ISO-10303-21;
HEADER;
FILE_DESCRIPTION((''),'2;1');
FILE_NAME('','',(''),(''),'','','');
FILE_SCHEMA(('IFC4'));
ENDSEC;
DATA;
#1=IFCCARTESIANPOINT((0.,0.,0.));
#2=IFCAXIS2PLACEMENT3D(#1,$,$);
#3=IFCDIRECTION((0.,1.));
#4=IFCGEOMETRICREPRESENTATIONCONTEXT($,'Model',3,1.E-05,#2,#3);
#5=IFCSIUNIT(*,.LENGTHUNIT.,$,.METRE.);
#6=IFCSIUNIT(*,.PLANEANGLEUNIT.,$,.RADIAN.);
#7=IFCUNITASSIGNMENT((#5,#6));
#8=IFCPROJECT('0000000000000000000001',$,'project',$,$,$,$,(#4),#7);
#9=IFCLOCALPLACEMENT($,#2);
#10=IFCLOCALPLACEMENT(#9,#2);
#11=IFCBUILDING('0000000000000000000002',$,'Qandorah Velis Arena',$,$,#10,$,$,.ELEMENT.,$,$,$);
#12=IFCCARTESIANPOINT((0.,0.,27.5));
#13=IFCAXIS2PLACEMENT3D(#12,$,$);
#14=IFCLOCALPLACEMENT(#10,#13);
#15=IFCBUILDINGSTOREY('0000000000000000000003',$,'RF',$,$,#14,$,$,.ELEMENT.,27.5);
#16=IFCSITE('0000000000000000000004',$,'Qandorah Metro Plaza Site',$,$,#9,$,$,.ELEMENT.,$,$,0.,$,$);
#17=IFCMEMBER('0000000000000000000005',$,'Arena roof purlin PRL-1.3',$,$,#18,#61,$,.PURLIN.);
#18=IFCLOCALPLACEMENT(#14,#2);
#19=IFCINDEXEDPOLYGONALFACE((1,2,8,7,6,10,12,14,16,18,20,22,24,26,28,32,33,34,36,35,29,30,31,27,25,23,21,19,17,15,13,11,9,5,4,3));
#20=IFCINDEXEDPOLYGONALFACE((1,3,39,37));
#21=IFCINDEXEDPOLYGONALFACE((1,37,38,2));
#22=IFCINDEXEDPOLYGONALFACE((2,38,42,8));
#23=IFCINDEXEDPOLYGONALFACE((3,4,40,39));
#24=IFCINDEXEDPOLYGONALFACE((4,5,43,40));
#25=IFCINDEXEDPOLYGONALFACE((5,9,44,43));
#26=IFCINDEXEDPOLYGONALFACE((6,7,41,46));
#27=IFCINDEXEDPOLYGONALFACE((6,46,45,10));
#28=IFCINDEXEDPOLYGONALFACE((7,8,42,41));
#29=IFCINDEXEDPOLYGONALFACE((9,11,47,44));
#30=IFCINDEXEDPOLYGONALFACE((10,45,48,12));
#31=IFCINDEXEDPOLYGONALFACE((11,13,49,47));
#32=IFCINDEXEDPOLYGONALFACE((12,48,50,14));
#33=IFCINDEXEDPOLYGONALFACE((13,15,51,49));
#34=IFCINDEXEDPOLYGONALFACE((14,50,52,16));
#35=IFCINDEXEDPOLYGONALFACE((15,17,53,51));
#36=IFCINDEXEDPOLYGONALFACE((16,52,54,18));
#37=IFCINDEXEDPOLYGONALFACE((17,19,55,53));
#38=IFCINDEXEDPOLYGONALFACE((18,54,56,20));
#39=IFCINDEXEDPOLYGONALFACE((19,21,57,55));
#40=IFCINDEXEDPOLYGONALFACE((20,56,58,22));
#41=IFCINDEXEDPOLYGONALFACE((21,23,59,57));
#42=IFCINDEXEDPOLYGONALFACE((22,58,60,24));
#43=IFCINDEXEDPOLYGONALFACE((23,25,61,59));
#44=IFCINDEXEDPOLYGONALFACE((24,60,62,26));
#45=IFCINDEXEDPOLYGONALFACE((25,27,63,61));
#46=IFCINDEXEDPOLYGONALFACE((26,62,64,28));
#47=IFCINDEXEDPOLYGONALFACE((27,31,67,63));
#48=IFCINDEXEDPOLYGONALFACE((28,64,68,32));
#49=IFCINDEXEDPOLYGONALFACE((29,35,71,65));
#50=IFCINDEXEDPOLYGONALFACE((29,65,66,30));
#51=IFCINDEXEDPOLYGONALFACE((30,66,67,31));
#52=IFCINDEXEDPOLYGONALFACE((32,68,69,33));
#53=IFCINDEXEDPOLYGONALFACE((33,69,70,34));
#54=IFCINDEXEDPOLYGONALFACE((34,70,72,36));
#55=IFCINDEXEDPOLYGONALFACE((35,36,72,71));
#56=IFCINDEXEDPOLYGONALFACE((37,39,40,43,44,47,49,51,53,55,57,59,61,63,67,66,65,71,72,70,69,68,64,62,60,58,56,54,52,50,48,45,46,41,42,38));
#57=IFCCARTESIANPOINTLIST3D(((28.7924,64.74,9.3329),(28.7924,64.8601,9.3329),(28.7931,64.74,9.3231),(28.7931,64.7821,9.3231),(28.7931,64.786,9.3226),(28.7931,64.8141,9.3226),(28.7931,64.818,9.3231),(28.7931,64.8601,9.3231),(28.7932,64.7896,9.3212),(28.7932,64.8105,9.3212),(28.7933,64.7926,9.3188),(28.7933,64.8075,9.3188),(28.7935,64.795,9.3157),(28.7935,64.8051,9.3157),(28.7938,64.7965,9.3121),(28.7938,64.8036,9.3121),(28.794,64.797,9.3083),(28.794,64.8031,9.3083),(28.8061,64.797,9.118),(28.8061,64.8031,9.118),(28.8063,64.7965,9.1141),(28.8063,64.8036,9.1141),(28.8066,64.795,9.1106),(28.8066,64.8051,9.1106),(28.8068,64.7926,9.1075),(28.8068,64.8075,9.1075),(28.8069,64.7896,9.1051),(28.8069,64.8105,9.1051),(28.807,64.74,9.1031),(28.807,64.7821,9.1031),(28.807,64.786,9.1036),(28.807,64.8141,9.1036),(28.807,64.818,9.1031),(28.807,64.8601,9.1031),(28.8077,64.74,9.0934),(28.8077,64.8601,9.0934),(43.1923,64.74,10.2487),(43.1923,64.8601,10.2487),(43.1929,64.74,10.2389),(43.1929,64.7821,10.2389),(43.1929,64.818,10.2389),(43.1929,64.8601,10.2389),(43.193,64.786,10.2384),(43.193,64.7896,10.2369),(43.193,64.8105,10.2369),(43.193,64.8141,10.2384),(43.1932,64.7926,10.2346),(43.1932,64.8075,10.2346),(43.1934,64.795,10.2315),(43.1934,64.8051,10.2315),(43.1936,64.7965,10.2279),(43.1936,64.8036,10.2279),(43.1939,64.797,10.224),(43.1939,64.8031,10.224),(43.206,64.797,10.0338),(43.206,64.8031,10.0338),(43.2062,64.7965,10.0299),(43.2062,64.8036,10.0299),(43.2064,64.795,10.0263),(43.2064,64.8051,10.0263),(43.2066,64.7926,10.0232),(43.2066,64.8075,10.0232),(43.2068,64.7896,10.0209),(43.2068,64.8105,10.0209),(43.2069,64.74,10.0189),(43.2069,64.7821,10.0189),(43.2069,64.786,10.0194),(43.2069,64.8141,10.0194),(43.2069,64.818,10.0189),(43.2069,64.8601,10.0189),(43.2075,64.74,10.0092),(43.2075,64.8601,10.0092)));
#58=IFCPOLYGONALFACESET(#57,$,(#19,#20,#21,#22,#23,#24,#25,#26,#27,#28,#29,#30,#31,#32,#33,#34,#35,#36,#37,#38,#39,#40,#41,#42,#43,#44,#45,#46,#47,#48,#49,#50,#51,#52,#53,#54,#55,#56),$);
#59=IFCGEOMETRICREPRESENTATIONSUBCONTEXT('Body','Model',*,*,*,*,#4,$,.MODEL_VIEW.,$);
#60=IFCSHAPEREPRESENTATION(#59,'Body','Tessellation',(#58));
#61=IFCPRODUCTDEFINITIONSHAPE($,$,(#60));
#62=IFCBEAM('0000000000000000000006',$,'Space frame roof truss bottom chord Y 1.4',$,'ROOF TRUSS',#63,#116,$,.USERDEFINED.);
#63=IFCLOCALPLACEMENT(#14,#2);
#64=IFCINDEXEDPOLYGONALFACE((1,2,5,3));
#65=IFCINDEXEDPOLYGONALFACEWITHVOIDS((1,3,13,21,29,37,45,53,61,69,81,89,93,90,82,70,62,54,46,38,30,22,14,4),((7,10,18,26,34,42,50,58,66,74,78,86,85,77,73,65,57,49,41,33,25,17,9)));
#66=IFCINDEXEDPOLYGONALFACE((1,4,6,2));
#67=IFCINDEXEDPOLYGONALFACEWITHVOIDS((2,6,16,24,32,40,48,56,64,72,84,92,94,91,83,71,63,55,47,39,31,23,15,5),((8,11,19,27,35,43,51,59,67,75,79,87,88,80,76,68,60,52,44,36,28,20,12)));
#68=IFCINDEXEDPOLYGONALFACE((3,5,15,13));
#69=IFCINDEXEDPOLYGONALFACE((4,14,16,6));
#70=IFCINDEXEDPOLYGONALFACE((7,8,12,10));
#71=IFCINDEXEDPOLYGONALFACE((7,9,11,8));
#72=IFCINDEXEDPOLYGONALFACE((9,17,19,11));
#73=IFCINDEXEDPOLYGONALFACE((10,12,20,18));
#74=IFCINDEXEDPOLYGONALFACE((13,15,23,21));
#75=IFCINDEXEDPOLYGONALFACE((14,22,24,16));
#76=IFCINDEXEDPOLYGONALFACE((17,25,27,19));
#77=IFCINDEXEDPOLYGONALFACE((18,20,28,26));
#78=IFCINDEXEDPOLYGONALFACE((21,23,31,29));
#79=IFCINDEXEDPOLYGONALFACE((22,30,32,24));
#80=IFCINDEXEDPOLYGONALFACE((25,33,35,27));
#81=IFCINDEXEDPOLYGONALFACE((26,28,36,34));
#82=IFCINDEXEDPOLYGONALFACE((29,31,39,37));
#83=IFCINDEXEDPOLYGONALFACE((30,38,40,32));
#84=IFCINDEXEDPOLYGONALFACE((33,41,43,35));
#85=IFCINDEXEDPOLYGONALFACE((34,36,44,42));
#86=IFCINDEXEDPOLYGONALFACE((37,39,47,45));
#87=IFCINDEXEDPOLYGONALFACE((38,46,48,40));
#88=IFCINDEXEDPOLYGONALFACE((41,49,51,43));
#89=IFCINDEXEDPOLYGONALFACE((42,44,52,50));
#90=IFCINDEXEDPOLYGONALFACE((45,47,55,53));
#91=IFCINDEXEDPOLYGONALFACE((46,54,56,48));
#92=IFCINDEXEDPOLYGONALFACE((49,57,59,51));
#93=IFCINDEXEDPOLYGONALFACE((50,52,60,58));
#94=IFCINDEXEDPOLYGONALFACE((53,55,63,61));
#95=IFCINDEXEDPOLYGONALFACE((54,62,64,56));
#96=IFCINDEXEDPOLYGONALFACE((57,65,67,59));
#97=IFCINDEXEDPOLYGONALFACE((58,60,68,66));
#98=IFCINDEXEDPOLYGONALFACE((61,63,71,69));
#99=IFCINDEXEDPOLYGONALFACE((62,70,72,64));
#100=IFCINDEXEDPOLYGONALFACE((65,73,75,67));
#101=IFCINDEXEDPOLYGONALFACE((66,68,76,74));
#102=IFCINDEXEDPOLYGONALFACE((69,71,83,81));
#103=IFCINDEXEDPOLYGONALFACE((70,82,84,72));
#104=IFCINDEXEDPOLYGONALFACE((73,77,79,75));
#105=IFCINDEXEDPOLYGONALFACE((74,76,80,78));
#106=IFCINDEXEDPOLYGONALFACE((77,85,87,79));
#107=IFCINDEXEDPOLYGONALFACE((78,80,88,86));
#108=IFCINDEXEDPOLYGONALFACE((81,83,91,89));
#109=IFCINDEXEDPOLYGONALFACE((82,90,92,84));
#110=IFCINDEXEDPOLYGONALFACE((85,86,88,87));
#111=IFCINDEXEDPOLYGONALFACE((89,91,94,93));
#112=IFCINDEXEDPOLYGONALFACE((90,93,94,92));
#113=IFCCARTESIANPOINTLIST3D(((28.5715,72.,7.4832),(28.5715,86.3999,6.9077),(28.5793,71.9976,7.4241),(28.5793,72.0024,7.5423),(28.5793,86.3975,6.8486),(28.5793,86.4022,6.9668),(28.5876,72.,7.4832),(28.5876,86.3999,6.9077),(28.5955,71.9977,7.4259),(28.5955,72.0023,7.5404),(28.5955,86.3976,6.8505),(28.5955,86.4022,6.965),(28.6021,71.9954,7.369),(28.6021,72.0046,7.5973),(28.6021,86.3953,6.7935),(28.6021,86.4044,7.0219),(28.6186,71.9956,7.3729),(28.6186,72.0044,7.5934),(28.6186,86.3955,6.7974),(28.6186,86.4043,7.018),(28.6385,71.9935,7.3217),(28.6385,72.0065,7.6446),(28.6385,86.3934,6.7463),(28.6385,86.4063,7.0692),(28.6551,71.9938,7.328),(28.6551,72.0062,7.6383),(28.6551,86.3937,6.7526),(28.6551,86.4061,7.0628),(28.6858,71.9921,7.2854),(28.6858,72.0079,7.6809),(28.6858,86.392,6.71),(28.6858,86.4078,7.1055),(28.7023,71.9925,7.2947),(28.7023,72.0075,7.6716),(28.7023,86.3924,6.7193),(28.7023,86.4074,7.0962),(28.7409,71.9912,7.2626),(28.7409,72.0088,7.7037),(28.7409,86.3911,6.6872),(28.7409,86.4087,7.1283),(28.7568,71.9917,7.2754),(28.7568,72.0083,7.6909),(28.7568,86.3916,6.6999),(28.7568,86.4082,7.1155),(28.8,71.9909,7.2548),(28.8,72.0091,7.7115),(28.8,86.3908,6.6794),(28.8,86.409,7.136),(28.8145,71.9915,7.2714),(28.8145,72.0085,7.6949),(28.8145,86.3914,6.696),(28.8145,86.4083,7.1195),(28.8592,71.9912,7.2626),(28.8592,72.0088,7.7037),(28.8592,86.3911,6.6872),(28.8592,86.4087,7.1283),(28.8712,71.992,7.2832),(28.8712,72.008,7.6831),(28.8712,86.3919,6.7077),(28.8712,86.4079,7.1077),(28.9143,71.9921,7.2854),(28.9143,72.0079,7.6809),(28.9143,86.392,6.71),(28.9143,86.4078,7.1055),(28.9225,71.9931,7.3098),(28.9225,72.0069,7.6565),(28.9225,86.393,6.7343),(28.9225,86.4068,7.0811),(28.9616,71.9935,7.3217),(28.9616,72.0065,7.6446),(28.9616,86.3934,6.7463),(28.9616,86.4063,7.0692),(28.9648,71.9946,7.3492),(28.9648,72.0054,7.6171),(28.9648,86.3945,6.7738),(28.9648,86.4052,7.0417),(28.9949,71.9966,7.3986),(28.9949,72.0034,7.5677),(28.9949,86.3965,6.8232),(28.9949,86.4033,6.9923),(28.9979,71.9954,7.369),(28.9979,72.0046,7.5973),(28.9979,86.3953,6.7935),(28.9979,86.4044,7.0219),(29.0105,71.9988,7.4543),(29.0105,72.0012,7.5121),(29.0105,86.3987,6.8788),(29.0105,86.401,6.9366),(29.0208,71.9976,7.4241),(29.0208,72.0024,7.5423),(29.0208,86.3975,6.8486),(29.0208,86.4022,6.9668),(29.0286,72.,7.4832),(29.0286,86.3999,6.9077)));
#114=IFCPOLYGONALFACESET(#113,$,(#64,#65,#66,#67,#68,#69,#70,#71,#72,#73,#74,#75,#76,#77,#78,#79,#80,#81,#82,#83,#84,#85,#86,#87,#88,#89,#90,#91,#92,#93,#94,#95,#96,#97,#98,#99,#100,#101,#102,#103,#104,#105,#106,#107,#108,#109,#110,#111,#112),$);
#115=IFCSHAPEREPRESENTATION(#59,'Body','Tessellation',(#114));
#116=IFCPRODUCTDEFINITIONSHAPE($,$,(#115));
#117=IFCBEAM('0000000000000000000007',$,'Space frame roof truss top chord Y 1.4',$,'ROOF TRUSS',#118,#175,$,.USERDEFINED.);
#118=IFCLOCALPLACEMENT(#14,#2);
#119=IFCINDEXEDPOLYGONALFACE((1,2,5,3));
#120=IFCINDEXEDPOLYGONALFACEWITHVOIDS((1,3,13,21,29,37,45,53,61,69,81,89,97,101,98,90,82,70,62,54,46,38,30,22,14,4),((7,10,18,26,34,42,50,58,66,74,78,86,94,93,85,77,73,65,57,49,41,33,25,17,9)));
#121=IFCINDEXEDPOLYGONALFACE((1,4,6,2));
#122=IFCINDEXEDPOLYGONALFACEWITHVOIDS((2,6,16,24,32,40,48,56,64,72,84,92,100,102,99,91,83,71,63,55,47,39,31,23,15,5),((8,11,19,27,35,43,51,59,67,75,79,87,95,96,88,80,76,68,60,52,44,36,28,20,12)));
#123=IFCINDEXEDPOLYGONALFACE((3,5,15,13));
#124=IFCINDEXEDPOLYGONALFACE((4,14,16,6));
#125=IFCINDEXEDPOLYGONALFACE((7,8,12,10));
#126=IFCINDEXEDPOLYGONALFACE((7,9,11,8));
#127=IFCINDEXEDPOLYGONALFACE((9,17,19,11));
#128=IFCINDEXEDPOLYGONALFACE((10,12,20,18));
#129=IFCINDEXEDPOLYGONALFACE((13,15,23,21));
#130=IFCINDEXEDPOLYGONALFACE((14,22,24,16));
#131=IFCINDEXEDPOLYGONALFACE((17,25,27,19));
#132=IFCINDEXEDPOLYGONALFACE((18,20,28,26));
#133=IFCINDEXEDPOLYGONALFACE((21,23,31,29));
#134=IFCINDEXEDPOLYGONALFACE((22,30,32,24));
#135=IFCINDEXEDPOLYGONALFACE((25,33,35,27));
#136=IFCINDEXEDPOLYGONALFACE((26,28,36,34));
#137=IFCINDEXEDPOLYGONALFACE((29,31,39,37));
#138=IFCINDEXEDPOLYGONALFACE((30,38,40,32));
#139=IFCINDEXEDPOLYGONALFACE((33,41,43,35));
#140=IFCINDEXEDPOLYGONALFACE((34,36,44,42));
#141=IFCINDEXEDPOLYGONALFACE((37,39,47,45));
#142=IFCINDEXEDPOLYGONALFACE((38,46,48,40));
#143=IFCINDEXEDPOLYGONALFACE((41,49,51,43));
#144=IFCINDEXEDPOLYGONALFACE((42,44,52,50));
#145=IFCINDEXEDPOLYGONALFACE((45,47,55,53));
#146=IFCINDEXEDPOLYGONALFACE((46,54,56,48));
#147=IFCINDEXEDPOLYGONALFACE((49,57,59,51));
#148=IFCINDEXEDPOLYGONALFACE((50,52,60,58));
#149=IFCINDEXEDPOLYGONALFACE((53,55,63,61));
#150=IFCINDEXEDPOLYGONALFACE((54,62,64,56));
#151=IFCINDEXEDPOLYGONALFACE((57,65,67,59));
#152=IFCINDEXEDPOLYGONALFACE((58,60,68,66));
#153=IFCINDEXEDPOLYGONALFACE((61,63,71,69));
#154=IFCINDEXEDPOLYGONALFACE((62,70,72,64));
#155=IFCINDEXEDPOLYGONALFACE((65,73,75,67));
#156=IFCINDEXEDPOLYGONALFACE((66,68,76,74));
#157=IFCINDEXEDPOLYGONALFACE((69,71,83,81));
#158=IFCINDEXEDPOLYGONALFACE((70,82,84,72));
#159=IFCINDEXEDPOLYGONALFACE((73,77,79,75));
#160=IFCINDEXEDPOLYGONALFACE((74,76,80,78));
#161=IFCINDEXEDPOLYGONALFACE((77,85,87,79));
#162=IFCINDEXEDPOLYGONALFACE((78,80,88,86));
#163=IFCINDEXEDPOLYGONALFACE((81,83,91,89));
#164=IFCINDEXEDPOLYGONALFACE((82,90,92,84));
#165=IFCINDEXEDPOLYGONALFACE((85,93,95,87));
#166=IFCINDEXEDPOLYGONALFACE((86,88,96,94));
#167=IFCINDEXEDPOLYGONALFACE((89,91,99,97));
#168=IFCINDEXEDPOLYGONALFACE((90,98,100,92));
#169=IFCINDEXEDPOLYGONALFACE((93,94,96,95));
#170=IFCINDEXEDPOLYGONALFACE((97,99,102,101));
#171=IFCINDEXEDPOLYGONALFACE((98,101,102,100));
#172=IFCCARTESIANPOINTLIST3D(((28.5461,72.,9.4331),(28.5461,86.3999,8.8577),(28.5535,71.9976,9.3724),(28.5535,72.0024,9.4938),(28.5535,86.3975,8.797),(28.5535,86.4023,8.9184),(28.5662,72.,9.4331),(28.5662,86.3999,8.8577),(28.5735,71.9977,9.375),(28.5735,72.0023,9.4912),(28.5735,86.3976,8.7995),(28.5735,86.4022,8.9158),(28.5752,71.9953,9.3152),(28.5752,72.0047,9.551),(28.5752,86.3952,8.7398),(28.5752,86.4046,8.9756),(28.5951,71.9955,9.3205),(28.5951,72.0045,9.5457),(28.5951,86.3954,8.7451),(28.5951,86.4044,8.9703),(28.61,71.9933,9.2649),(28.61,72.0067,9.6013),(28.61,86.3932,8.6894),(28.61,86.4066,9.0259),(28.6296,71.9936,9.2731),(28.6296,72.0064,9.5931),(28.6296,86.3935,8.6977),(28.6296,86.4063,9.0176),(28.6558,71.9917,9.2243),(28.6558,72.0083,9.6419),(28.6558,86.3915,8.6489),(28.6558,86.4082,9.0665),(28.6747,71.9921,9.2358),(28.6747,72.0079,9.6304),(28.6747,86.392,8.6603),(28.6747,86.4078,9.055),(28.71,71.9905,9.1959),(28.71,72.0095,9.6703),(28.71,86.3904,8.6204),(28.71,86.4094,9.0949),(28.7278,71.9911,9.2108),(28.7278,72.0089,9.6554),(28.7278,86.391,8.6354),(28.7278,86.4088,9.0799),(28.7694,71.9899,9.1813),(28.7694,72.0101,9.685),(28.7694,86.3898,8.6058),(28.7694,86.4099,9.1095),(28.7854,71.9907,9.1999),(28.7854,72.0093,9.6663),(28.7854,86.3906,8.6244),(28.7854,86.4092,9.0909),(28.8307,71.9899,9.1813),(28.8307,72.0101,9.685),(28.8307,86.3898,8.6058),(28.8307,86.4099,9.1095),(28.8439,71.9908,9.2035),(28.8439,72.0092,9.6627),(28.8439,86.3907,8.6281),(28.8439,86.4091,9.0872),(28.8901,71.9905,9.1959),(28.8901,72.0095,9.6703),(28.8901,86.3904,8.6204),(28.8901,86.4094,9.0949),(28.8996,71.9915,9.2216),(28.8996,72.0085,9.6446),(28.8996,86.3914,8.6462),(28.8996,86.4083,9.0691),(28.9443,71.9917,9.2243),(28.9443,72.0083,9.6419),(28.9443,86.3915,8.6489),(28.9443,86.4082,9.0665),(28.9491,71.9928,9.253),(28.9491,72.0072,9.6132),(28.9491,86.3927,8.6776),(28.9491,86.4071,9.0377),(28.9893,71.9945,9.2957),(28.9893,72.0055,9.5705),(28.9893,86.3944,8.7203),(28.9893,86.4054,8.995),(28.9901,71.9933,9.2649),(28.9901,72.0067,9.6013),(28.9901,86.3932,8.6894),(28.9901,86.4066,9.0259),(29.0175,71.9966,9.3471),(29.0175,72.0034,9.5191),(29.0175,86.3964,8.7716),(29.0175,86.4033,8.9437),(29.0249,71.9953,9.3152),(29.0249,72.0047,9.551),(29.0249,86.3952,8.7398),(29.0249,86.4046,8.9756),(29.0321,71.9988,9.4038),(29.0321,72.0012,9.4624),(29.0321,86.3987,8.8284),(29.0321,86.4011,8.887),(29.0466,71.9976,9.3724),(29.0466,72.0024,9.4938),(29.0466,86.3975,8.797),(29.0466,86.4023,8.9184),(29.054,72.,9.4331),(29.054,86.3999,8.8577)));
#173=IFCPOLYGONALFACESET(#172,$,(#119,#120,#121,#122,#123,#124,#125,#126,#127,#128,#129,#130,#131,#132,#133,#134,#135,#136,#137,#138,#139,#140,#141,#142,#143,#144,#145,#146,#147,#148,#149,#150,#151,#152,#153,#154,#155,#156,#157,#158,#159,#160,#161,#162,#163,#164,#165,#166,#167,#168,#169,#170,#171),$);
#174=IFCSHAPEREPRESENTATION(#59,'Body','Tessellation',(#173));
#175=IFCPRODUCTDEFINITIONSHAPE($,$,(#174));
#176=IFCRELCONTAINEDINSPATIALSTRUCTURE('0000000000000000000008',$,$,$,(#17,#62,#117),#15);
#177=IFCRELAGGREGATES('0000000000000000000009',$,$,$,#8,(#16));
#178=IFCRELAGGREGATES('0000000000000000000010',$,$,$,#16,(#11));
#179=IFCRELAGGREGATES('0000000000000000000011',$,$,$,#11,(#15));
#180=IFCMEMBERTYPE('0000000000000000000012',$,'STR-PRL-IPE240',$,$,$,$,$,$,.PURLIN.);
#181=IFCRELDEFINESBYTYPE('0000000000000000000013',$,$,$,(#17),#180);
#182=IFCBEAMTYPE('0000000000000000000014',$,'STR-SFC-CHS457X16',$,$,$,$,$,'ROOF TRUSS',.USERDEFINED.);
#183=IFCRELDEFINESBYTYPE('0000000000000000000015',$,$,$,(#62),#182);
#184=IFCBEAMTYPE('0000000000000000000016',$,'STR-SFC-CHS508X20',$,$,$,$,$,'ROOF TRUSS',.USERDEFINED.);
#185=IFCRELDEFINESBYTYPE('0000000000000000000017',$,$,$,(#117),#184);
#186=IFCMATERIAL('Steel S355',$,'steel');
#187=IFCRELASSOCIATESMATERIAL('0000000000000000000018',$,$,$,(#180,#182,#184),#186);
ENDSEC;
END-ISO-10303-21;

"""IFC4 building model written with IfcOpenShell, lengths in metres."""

from ifc_helpers import new_model, si_unit, direction, frame, origin, origin_2d, place, context, subcontext, project, spatial, hollow_circle, i_section, extrude, material, material_profile, profile_set, type_object, element, save


model = new_model("IFC4")

# Units and contexts
model_context = context("Model", 3, precision=1e-05, world=origin(), true_north=direction((0.0, 1.0)))
body_context = subcontext(model_context, "Body", "Model", "MODEL_VIEW")
ifc_project = project(units=[si_unit("LENGTHUNIT", "METRE"), si_unit("PLANEANGLEUNIT", "RADIAN")], contexts=[model_context])

# Site, building, storey
site_placement = place(None, origin())
site = spatial("IfcSite", under=ifc_project, at=site_placement, Name="Qandorah Metro Plaza Site", CompositionType="ELEMENT", RefElevation=0.0)
building_placement = place(site_placement, origin())
building = spatial("IfcBuilding", under=site, at=building_placement, Name="Qandorah Velis Arena", CompositionType="ELEMENT")
storey_placement = place(building_placement, frame((0.0, 0.0, 27.5)))
storey = spatial("IfcBuildingStorey", under=building, at=storey_placement, Name="RF", CompositionType="ELEMENT", Elevation=27.5)

# Member
ifc_material_1 = material(Name="Steel S355", Category="steel")
ifc_material_profile_1 = material_profile(ifc_material_1, i_section(OverallWidth=0.1201, OverallDepth=0.24, WebThickness=0.0061, FlangeThickness=0.0098, FilletRadius=0.0149, at=origin_2d()), Name="IPE 240")
ifc_profile_set_1 = profile_set([ifc_material_profile_1], Name="Steel S355")
member_type_1 = type_object("IfcMemberType", Name="STR-PRL-IPE240", PredefinedType="PURLIN", material=ifc_profile_set_1)
member_1_placement = place(storey_placement, frame((28.8, 64.8, 9.2131), z_axis=(0.997984, 0.0, 0.063467), x_axis=(0.0, 1.0, 0.0)))
element("IfcMember", 1, at=member_1_placement, inside=storey, type_object=member_type_1, Name="Arena roof purlin PRL-1.3", PredefinedType="PURLIN", context=body_context, shape_type="SweptSolid", body=[
    extrude(i_section(OverallWidth=0.1201, OverallDepth=0.24, WebThickness=0.0061, FlangeThickness=0.0098, FilletRadius=0.0149, at=origin_2d()), origin(), (0.0, 0.0, 1.0), 14.429),
])

# Beams
ifc_material_profile_2 = material_profile(ifc_material_1, hollow_circle(Radius=0.2285, WallThickness=0.0161, at=origin_2d()), Name="CHS 457x16")
ifc_profile_set_2 = profile_set([ifc_material_profile_2], Name="Steel S355")
beam_type_1 = type_object("IfcBeamType", Name="STR-SFC-CHS457X16", ElementType="ROOF TRUSS", PredefinedType="USERDEFINED", material=ifc_profile_set_2)
beam_1_placement = place(storey_placement, frame((28.8, 72.0, 7.4832), z_axis=(0.0, 0.999203, -0.039929), x_axis=(-1.0, 0.0, 0.0)))
element("IfcBeam", 2, at=beam_1_placement, inside=storey, type_object=beam_type_1, Name="Space frame roof truss bottom chord Y 1.4", ObjectType="ROOF TRUSS", PredefinedType="USERDEFINED", context=body_context, shape_type="SweptSolid", body=[
    extrude(hollow_circle(Radius=0.2285, WallThickness=0.0161, at=origin_2d()), origin(), (0.0, 0.0, 1.0), 14.4114),
])
ifc_material_profile_3 = material_profile(ifc_material_1, hollow_circle(Radius=0.2539, WallThickness=0.02, at=origin_2d()), Name="CHS 508x20")
ifc_profile_set_3 = profile_set([ifc_material_profile_3], Name="Steel S355")
beam_type_2 = type_object("IfcBeamType", Name="STR-SFC-CHS508X20", ElementType="ROOF TRUSS", PredefinedType="USERDEFINED", material=ifc_profile_set_3)
beam_2_placement = place(storey_placement, frame((28.8, 72.0, 9.4331), z_axis=(0.0, 0.999203, -0.039929), x_axis=(-1.0, 0.0, 0.0)))
element("IfcBeam", 3, at=beam_2_placement, inside=storey, type_object=beam_type_2, Name="Space frame roof truss top chord Y 1.4", ObjectType="ROOF TRUSS", PredefinedType="USERDEFINED", context=body_context, shape_type="SweptSolid", body=[
    extrude(hollow_circle(Radius=0.2539, WallThickness=0.02, at=origin_2d()), origin(), (0.0, 0.0, 1.0), 14.4114),
])

save(model, "model.ifc")
